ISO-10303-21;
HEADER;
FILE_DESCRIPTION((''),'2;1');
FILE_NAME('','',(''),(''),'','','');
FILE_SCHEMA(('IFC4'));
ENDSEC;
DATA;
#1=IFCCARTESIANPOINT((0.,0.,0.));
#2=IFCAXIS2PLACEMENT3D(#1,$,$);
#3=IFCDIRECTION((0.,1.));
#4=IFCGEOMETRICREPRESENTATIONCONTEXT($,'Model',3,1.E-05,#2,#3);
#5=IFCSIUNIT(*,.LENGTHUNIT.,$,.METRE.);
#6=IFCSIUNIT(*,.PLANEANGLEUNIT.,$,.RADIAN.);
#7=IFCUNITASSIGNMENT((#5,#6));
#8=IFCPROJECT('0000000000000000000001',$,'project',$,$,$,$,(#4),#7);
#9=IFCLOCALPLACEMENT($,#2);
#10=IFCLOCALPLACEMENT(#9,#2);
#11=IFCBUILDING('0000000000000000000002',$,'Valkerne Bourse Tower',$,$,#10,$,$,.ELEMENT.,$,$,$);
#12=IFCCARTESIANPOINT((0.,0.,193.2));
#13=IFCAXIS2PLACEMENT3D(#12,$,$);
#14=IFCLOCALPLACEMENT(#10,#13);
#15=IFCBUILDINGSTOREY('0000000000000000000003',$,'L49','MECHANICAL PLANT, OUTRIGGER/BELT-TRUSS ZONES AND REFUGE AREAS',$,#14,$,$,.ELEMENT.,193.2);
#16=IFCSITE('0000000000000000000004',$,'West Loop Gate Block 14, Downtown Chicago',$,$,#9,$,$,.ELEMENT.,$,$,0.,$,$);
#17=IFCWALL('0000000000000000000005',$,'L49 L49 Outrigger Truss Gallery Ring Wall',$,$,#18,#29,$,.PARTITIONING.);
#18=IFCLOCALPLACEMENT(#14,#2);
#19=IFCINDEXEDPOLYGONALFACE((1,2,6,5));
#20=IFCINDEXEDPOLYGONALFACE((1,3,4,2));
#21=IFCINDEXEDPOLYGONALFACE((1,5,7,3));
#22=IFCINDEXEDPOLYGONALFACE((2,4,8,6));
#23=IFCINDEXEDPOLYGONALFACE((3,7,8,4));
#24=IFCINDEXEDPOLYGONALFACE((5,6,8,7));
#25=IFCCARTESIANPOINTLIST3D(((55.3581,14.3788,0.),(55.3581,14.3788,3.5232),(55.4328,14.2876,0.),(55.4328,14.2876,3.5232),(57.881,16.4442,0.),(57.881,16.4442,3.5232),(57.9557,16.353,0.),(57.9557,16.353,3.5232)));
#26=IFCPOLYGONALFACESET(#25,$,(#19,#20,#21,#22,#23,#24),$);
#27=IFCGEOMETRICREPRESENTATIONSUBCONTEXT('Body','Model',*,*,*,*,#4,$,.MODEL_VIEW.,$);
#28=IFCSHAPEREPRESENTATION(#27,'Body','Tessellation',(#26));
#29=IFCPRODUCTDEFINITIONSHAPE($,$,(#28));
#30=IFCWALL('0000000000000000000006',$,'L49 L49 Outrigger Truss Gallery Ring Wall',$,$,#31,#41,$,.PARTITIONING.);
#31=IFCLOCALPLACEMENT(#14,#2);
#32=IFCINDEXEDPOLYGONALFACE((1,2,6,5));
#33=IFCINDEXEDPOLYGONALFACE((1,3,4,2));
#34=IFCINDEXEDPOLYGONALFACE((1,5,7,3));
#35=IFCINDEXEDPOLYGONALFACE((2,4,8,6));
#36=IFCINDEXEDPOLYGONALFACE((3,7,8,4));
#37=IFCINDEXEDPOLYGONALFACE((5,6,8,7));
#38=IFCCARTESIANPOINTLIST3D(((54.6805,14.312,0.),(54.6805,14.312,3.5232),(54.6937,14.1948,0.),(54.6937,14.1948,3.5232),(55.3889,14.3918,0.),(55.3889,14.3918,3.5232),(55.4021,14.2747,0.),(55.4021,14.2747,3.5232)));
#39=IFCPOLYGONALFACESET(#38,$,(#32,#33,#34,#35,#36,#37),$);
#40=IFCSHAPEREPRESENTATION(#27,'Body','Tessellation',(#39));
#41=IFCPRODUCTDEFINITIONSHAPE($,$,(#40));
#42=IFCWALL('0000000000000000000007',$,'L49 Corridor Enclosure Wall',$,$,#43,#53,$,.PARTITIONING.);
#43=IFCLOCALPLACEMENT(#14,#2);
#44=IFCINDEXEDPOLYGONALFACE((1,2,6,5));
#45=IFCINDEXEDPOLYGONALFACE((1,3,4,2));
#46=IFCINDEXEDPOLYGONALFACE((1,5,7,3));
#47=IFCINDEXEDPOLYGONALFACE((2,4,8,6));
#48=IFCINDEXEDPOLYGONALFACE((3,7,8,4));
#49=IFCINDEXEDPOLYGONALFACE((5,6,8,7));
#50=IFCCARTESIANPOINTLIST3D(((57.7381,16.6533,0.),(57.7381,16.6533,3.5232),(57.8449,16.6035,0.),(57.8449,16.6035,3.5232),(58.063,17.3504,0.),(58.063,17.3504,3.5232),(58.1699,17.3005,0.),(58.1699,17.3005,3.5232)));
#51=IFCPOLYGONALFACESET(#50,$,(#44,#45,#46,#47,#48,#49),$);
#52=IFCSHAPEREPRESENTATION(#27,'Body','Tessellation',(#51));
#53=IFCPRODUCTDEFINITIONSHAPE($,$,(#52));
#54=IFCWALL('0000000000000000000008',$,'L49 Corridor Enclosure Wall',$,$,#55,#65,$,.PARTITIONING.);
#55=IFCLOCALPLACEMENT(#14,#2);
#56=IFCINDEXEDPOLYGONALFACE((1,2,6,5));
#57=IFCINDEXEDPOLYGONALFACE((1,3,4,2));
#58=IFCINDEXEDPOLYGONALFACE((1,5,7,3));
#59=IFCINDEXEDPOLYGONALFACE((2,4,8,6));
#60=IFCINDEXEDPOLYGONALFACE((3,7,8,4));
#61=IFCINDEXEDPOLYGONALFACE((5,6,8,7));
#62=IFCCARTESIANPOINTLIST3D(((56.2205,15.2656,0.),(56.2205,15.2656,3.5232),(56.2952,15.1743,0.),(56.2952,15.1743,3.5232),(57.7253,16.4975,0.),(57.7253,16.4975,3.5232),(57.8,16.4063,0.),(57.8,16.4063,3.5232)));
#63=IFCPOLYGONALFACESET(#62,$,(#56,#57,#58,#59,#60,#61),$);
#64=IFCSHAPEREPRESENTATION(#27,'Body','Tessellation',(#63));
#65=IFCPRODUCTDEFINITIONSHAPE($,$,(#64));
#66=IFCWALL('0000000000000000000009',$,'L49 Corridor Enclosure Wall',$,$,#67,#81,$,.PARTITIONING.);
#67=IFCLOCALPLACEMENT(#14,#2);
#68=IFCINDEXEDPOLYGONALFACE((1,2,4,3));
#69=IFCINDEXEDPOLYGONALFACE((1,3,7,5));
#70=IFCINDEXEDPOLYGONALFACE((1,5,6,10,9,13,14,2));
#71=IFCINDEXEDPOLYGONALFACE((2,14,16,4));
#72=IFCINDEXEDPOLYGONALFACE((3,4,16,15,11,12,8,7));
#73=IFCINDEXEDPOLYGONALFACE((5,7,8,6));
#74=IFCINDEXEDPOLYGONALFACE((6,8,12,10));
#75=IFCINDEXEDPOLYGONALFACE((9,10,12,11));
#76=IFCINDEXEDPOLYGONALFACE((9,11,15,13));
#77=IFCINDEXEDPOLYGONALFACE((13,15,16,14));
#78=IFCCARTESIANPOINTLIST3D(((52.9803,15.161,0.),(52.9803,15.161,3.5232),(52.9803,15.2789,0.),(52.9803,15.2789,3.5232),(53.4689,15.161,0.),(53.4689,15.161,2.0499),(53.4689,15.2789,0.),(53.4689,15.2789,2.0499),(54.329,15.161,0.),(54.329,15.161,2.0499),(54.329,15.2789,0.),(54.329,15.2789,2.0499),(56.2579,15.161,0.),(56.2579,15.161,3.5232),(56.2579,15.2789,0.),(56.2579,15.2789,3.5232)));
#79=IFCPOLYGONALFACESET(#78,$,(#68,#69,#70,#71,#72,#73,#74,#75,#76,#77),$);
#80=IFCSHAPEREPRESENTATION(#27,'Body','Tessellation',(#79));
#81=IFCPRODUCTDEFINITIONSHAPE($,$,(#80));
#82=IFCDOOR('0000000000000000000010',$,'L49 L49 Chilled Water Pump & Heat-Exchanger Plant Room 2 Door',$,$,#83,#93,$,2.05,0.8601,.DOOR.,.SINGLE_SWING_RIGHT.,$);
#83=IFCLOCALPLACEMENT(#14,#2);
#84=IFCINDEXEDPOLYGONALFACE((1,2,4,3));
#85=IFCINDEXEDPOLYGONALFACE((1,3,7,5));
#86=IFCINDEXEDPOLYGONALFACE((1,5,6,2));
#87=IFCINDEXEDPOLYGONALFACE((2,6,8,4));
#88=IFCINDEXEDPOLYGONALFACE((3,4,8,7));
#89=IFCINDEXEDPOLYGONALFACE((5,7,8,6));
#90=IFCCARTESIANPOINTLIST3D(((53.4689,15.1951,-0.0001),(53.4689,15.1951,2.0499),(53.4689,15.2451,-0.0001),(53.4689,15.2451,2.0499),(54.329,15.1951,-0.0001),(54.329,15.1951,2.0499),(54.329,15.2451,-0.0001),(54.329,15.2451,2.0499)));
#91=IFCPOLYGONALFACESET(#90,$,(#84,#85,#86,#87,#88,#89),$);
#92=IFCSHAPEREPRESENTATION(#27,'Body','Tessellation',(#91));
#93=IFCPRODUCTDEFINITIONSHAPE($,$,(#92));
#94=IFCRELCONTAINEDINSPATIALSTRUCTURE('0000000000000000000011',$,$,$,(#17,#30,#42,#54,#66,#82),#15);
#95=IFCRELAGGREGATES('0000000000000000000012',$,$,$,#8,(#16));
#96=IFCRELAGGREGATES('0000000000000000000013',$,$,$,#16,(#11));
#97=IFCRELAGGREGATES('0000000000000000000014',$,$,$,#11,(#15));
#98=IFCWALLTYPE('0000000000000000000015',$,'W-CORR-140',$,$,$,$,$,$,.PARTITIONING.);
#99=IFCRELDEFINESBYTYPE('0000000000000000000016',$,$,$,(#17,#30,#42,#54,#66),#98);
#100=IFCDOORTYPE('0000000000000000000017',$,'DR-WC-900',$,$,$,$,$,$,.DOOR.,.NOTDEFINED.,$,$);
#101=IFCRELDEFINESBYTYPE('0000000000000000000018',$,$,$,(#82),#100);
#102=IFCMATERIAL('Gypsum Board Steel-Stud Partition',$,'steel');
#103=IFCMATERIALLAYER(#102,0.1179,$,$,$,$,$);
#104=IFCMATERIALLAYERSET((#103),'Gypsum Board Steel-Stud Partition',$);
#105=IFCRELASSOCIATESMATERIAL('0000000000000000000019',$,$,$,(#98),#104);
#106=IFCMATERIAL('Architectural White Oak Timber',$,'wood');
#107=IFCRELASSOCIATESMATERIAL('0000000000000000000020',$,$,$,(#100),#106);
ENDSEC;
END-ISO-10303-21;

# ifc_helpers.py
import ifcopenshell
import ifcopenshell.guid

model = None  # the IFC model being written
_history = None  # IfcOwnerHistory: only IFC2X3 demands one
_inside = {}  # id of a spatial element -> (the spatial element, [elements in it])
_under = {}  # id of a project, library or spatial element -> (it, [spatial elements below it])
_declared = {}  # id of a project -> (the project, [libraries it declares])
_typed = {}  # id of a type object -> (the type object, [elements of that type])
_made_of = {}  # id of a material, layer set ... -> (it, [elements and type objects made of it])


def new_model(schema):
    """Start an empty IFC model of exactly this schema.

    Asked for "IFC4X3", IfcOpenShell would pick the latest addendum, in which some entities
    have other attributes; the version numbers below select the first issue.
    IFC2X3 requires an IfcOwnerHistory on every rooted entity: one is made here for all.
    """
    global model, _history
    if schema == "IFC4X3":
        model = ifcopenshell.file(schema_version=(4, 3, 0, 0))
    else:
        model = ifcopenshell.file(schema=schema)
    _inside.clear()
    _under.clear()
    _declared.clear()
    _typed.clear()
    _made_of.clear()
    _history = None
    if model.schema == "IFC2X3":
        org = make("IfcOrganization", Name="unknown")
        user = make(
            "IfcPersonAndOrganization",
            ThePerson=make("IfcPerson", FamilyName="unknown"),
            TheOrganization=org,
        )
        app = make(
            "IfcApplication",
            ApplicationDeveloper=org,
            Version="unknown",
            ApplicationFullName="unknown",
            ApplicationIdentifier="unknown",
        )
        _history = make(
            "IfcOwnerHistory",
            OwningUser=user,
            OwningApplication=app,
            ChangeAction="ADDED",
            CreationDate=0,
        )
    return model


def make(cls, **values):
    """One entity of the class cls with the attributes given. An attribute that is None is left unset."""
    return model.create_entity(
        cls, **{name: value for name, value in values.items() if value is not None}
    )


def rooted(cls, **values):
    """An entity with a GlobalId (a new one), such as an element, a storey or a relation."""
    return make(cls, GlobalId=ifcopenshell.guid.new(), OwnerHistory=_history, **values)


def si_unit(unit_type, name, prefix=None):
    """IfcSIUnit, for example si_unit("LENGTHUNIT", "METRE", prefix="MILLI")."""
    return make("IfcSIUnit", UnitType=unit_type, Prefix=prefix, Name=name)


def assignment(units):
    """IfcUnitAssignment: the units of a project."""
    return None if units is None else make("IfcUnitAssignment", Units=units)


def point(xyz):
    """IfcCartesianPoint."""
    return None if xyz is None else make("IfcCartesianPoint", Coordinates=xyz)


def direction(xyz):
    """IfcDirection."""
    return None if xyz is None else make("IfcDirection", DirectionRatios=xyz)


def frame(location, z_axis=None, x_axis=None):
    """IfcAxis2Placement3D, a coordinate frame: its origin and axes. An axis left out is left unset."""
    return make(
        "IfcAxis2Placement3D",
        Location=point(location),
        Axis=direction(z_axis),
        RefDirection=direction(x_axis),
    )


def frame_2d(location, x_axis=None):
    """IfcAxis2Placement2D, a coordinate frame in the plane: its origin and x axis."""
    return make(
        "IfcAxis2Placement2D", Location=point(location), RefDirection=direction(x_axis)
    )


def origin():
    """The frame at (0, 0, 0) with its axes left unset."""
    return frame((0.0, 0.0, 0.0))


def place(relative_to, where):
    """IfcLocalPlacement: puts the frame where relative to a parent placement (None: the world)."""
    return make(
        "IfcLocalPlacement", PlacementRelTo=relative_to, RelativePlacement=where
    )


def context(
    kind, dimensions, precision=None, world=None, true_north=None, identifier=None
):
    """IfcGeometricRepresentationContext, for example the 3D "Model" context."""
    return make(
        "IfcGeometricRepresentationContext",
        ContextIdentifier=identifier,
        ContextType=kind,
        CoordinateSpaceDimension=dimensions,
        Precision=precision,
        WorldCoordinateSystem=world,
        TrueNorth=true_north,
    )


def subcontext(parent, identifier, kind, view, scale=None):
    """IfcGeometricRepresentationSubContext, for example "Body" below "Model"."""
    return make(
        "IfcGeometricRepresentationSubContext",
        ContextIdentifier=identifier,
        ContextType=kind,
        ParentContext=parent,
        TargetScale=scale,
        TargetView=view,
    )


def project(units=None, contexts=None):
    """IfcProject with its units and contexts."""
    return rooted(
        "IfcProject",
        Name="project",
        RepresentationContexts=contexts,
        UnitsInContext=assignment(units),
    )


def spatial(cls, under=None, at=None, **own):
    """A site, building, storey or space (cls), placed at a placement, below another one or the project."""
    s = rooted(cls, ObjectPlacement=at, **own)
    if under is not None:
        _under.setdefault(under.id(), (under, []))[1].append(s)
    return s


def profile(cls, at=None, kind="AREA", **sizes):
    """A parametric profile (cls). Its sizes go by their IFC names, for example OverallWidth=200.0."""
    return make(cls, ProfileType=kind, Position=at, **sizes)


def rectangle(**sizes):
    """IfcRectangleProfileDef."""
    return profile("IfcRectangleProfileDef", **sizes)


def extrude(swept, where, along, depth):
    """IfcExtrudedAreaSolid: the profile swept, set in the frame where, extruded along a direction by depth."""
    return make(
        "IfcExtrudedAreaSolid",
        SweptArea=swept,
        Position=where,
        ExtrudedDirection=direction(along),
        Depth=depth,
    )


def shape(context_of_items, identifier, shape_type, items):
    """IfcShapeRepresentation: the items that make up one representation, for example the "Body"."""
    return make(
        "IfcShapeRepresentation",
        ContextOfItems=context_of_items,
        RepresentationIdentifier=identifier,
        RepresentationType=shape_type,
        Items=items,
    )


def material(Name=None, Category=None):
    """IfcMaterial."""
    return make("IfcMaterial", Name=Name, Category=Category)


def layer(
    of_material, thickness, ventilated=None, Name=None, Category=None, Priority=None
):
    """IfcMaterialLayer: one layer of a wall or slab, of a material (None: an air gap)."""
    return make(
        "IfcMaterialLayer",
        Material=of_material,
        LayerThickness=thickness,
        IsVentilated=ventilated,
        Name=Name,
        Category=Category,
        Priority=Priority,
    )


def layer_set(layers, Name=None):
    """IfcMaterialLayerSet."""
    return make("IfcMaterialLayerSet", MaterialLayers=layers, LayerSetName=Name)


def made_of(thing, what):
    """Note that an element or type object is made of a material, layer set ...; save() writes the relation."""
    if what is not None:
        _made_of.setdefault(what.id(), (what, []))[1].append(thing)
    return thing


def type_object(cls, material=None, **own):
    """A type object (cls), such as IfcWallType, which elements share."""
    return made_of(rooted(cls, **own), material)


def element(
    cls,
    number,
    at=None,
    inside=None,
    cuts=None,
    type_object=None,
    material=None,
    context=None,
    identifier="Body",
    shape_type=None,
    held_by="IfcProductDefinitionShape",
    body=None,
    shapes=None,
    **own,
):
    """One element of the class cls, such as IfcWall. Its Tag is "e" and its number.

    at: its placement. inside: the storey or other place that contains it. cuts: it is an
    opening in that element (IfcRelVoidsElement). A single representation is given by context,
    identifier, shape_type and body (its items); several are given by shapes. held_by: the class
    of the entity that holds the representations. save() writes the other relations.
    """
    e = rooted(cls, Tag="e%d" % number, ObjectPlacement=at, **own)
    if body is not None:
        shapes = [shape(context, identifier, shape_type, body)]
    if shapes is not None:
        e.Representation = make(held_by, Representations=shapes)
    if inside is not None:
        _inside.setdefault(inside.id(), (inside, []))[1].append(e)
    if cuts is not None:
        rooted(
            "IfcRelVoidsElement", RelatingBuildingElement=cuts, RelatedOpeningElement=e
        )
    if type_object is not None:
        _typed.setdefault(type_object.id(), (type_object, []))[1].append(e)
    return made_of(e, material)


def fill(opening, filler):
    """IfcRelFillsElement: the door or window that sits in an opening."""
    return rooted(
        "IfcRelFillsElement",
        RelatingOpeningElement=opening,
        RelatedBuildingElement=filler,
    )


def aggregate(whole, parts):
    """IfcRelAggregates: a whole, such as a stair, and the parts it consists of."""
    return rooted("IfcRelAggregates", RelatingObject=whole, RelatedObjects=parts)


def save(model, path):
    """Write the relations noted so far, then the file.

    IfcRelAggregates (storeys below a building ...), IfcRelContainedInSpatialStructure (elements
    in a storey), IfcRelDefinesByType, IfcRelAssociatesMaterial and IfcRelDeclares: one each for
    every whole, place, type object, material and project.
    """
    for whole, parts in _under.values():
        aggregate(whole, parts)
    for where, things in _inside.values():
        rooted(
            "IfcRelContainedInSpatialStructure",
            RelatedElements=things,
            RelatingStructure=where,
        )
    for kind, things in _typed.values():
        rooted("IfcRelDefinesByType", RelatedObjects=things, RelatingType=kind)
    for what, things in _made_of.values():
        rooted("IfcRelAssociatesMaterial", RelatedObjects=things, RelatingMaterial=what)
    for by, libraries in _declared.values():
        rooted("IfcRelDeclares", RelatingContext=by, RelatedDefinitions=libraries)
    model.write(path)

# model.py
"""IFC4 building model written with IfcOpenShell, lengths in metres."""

from ifc_helpers import new_model, si_unit, direction, frame, frame_2d, origin, place, context, subcontext, project, spatial, rectangle, extrude, material, layer, layer_set, type_object, element, fill, save


model = new_model("IFC4")

# Units and contexts
model_context = context("Model", 3, precision=1e-05, world=origin(), true_north=direction((0.0, 1.0)))
body_context = subcontext(model_context, "Body", "Model", "MODEL_VIEW")
ifc_project = project(units=[si_unit("LENGTHUNIT", "METRE"), si_unit("PLANEANGLEUNIT", "RADIAN")], contexts=[model_context])

# Site, building, storey
site_placement = place(None, origin())
site = spatial("IfcSite", under=ifc_project, at=site_placement, Name="West Loop Gate Block 14, Downtown Chicago", CompositionType="ELEMENT", RefElevation=0.0)
building_placement = place(site_placement, origin())
building = spatial("IfcBuilding", under=site, at=building_placement, Name="Valkerne Bourse Tower", CompositionType="ELEMENT")
storey_placement = place(building_placement, frame((0.0, 0.0, 193.2)))
storey = spatial("IfcBuildingStorey", under=building, at=storey_placement, Name="L49", Description="MECHANICAL PLANT, OUTRIGGER/BELT-TRUSS ZONES AND REFUGE AREAS", CompositionType="ELEMENT", Elevation=193.2)

# Walls
ifc_material_1 = material(Name="Gypsum Board Steel-Stud Partition", Category="steel")
ifc_layer_1 = layer(ifc_material_1, 0.1179)
ifc_layer_set_1 = layer_set([ifc_layer_1], Name="Gypsum Board Steel-Stud Partition")
wall_type = type_object("IfcWallType", Name="W-CORR-140", PredefinedType="PARTITIONING", material=ifc_layer_set_1)
wall_1_placement = place(storey_placement, frame((57.9185, 16.3987, 0.0), z_axis=(0.0, 0.0, 1.0), x_axis=(-0.773777, -0.633458, 0.0)))
element("IfcWall", 1, at=wall_1_placement, inside=storey, type_object=wall_type, Name="L49 L49 Outrigger Truss Gallery Ring Wall", PredefinedType="PARTITIONING", context=body_context, shape_type="SweptSolid", body=[
    extrude(rectangle(XDim=3.2605, YDim=0.1179, at=frame_2d((1.6304, 0.0))), origin(), (0.0, 0.0, 1.0), 3.5232),
])
wall_2_placement = place(storey_placement, frame((55.3955, 14.3333, 0.0), z_axis=(0.0, 0.0, 1.0), x_axis=(-0.993711, -0.111972, 0.0)))
element("IfcWall", 2, at=wall_2_placement, inside=storey, type_object=wall_type, Name="L49 L49 Outrigger Truss Gallery Ring Wall", PredefinedType="PARTITIONING", context=body_context, shape_type="SweptSolid", body=[
    extrude(rectangle(XDim=0.7129, YDim=0.1179, at=frame_2d((0.3564, 0.0))), origin(), (0.0, 0.0, 1.0), 3.5232),
])
wall_3_placement = place(storey_placement, frame((58.1165, 17.3254, 0.0), z_axis=(0.0, 0.0, 1.0), x_axis=(-0.422538, -0.906345, 0.0)))
element("IfcWall", 3, at=wall_3_placement, inside=storey, type_object=wall_type, Name="L49 Corridor Enclosure Wall", PredefinedType="PARTITIONING", context=body_context, shape_type="SweptSolid", body=[
    extrude(rectangle(XDim=0.769, YDim=0.1179, at=frame_2d((0.3845, 0.0))), origin(), (0.0, 0.0, 1.0), 3.5232),
])
wall_4_placement = place(storey_placement, frame((57.7627, 16.4519, 0.0), z_axis=(0.0, 0.0, 1.0), x_axis=(-0.773789, -0.633443, 0.0)))
element("IfcWall", 4, at=wall_4_placement, inside=storey, type_object=wall_type, Name="L49 Corridor Enclosure Wall", PredefinedType="PARTITIONING", context=body_context, shape_type="SweptSolid", body=[
    extrude(rectangle(XDim=1.9448, YDim=0.1179, at=frame_2d((0.9724, 0.0))), origin(), (0.0, 0.0, 1.0), 3.5232),
])

# Wall, opening, door
wall_5_placement = place(storey_placement, frame((56.2578, 15.22, 0.0), z_axis=(0.0, 0.0, 1.0), x_axis=(-1.0, 0.0, 0.0)))
wall_5 = element("IfcWall", 5, at=wall_5_placement, inside=storey, type_object=wall_type, Name="L49 Corridor Enclosure Wall", PredefinedType="PARTITIONING", context=body_context, shape_type="SweptSolid", body=[
    extrude(rectangle(XDim=3.2776, YDim=0.1179, at=frame_2d((1.6387, 0.0))), origin(), (0.0, 0.0, 1.0), 3.5232),
])
opening_placement = place(wall_5_placement, frame((1.9287, 0.0, 0.0)))
opening = element("IfcOpeningElement", 6, at=opening_placement, cuts=wall_5, PredefinedType="OPENING", context=body_context, shape_type="SweptSolid", body=[
    extrude(rectangle(XDim=0.8601, YDim=2.05, at=frame_2d((0.4302, 1.0249))), frame((0.0, 0.0688, 0.0), z_axis=(0.0, -1.0, 0.0), x_axis=(1.0, 0.0, 0.0)), (0.0, 0.0, 1.0), 0.1379),
])
ifc_material_2 = material(Name="Architectural White Oak Timber", Category="wood")
door_type = type_object("IfcDoorType", Name="DR-WC-900", OperationType="NOTDEFINED", PredefinedType="DOOR", material=ifc_material_2)
door_placement = place(opening_placement, origin())
door = element("IfcDoor", 7, at=door_placement, inside=storey, type_object=door_type, Name="L49 L49 Chilled Water Pump & Heat-Exchanger Plant Room 2 Door", OperationType="SINGLE_SWING_RIGHT", OverallHeight=2.05, OverallWidth=0.8601, PredefinedType="DOOR", context=body_context, shape_type="SweptSolid", body=[
    extrude(rectangle(XDim=0.8601, YDim=2.05, at=frame_2d((0.4302, 1.0249))), frame((0.0, 0.0249, 0.0), z_axis=(0.0, -1.0, 0.0), x_axis=(1.0, 0.0, 0.0)), (0.0, 0.0, 1.0), 0.05),
])
fill(opening, door)

save(model, "model.ifc")
